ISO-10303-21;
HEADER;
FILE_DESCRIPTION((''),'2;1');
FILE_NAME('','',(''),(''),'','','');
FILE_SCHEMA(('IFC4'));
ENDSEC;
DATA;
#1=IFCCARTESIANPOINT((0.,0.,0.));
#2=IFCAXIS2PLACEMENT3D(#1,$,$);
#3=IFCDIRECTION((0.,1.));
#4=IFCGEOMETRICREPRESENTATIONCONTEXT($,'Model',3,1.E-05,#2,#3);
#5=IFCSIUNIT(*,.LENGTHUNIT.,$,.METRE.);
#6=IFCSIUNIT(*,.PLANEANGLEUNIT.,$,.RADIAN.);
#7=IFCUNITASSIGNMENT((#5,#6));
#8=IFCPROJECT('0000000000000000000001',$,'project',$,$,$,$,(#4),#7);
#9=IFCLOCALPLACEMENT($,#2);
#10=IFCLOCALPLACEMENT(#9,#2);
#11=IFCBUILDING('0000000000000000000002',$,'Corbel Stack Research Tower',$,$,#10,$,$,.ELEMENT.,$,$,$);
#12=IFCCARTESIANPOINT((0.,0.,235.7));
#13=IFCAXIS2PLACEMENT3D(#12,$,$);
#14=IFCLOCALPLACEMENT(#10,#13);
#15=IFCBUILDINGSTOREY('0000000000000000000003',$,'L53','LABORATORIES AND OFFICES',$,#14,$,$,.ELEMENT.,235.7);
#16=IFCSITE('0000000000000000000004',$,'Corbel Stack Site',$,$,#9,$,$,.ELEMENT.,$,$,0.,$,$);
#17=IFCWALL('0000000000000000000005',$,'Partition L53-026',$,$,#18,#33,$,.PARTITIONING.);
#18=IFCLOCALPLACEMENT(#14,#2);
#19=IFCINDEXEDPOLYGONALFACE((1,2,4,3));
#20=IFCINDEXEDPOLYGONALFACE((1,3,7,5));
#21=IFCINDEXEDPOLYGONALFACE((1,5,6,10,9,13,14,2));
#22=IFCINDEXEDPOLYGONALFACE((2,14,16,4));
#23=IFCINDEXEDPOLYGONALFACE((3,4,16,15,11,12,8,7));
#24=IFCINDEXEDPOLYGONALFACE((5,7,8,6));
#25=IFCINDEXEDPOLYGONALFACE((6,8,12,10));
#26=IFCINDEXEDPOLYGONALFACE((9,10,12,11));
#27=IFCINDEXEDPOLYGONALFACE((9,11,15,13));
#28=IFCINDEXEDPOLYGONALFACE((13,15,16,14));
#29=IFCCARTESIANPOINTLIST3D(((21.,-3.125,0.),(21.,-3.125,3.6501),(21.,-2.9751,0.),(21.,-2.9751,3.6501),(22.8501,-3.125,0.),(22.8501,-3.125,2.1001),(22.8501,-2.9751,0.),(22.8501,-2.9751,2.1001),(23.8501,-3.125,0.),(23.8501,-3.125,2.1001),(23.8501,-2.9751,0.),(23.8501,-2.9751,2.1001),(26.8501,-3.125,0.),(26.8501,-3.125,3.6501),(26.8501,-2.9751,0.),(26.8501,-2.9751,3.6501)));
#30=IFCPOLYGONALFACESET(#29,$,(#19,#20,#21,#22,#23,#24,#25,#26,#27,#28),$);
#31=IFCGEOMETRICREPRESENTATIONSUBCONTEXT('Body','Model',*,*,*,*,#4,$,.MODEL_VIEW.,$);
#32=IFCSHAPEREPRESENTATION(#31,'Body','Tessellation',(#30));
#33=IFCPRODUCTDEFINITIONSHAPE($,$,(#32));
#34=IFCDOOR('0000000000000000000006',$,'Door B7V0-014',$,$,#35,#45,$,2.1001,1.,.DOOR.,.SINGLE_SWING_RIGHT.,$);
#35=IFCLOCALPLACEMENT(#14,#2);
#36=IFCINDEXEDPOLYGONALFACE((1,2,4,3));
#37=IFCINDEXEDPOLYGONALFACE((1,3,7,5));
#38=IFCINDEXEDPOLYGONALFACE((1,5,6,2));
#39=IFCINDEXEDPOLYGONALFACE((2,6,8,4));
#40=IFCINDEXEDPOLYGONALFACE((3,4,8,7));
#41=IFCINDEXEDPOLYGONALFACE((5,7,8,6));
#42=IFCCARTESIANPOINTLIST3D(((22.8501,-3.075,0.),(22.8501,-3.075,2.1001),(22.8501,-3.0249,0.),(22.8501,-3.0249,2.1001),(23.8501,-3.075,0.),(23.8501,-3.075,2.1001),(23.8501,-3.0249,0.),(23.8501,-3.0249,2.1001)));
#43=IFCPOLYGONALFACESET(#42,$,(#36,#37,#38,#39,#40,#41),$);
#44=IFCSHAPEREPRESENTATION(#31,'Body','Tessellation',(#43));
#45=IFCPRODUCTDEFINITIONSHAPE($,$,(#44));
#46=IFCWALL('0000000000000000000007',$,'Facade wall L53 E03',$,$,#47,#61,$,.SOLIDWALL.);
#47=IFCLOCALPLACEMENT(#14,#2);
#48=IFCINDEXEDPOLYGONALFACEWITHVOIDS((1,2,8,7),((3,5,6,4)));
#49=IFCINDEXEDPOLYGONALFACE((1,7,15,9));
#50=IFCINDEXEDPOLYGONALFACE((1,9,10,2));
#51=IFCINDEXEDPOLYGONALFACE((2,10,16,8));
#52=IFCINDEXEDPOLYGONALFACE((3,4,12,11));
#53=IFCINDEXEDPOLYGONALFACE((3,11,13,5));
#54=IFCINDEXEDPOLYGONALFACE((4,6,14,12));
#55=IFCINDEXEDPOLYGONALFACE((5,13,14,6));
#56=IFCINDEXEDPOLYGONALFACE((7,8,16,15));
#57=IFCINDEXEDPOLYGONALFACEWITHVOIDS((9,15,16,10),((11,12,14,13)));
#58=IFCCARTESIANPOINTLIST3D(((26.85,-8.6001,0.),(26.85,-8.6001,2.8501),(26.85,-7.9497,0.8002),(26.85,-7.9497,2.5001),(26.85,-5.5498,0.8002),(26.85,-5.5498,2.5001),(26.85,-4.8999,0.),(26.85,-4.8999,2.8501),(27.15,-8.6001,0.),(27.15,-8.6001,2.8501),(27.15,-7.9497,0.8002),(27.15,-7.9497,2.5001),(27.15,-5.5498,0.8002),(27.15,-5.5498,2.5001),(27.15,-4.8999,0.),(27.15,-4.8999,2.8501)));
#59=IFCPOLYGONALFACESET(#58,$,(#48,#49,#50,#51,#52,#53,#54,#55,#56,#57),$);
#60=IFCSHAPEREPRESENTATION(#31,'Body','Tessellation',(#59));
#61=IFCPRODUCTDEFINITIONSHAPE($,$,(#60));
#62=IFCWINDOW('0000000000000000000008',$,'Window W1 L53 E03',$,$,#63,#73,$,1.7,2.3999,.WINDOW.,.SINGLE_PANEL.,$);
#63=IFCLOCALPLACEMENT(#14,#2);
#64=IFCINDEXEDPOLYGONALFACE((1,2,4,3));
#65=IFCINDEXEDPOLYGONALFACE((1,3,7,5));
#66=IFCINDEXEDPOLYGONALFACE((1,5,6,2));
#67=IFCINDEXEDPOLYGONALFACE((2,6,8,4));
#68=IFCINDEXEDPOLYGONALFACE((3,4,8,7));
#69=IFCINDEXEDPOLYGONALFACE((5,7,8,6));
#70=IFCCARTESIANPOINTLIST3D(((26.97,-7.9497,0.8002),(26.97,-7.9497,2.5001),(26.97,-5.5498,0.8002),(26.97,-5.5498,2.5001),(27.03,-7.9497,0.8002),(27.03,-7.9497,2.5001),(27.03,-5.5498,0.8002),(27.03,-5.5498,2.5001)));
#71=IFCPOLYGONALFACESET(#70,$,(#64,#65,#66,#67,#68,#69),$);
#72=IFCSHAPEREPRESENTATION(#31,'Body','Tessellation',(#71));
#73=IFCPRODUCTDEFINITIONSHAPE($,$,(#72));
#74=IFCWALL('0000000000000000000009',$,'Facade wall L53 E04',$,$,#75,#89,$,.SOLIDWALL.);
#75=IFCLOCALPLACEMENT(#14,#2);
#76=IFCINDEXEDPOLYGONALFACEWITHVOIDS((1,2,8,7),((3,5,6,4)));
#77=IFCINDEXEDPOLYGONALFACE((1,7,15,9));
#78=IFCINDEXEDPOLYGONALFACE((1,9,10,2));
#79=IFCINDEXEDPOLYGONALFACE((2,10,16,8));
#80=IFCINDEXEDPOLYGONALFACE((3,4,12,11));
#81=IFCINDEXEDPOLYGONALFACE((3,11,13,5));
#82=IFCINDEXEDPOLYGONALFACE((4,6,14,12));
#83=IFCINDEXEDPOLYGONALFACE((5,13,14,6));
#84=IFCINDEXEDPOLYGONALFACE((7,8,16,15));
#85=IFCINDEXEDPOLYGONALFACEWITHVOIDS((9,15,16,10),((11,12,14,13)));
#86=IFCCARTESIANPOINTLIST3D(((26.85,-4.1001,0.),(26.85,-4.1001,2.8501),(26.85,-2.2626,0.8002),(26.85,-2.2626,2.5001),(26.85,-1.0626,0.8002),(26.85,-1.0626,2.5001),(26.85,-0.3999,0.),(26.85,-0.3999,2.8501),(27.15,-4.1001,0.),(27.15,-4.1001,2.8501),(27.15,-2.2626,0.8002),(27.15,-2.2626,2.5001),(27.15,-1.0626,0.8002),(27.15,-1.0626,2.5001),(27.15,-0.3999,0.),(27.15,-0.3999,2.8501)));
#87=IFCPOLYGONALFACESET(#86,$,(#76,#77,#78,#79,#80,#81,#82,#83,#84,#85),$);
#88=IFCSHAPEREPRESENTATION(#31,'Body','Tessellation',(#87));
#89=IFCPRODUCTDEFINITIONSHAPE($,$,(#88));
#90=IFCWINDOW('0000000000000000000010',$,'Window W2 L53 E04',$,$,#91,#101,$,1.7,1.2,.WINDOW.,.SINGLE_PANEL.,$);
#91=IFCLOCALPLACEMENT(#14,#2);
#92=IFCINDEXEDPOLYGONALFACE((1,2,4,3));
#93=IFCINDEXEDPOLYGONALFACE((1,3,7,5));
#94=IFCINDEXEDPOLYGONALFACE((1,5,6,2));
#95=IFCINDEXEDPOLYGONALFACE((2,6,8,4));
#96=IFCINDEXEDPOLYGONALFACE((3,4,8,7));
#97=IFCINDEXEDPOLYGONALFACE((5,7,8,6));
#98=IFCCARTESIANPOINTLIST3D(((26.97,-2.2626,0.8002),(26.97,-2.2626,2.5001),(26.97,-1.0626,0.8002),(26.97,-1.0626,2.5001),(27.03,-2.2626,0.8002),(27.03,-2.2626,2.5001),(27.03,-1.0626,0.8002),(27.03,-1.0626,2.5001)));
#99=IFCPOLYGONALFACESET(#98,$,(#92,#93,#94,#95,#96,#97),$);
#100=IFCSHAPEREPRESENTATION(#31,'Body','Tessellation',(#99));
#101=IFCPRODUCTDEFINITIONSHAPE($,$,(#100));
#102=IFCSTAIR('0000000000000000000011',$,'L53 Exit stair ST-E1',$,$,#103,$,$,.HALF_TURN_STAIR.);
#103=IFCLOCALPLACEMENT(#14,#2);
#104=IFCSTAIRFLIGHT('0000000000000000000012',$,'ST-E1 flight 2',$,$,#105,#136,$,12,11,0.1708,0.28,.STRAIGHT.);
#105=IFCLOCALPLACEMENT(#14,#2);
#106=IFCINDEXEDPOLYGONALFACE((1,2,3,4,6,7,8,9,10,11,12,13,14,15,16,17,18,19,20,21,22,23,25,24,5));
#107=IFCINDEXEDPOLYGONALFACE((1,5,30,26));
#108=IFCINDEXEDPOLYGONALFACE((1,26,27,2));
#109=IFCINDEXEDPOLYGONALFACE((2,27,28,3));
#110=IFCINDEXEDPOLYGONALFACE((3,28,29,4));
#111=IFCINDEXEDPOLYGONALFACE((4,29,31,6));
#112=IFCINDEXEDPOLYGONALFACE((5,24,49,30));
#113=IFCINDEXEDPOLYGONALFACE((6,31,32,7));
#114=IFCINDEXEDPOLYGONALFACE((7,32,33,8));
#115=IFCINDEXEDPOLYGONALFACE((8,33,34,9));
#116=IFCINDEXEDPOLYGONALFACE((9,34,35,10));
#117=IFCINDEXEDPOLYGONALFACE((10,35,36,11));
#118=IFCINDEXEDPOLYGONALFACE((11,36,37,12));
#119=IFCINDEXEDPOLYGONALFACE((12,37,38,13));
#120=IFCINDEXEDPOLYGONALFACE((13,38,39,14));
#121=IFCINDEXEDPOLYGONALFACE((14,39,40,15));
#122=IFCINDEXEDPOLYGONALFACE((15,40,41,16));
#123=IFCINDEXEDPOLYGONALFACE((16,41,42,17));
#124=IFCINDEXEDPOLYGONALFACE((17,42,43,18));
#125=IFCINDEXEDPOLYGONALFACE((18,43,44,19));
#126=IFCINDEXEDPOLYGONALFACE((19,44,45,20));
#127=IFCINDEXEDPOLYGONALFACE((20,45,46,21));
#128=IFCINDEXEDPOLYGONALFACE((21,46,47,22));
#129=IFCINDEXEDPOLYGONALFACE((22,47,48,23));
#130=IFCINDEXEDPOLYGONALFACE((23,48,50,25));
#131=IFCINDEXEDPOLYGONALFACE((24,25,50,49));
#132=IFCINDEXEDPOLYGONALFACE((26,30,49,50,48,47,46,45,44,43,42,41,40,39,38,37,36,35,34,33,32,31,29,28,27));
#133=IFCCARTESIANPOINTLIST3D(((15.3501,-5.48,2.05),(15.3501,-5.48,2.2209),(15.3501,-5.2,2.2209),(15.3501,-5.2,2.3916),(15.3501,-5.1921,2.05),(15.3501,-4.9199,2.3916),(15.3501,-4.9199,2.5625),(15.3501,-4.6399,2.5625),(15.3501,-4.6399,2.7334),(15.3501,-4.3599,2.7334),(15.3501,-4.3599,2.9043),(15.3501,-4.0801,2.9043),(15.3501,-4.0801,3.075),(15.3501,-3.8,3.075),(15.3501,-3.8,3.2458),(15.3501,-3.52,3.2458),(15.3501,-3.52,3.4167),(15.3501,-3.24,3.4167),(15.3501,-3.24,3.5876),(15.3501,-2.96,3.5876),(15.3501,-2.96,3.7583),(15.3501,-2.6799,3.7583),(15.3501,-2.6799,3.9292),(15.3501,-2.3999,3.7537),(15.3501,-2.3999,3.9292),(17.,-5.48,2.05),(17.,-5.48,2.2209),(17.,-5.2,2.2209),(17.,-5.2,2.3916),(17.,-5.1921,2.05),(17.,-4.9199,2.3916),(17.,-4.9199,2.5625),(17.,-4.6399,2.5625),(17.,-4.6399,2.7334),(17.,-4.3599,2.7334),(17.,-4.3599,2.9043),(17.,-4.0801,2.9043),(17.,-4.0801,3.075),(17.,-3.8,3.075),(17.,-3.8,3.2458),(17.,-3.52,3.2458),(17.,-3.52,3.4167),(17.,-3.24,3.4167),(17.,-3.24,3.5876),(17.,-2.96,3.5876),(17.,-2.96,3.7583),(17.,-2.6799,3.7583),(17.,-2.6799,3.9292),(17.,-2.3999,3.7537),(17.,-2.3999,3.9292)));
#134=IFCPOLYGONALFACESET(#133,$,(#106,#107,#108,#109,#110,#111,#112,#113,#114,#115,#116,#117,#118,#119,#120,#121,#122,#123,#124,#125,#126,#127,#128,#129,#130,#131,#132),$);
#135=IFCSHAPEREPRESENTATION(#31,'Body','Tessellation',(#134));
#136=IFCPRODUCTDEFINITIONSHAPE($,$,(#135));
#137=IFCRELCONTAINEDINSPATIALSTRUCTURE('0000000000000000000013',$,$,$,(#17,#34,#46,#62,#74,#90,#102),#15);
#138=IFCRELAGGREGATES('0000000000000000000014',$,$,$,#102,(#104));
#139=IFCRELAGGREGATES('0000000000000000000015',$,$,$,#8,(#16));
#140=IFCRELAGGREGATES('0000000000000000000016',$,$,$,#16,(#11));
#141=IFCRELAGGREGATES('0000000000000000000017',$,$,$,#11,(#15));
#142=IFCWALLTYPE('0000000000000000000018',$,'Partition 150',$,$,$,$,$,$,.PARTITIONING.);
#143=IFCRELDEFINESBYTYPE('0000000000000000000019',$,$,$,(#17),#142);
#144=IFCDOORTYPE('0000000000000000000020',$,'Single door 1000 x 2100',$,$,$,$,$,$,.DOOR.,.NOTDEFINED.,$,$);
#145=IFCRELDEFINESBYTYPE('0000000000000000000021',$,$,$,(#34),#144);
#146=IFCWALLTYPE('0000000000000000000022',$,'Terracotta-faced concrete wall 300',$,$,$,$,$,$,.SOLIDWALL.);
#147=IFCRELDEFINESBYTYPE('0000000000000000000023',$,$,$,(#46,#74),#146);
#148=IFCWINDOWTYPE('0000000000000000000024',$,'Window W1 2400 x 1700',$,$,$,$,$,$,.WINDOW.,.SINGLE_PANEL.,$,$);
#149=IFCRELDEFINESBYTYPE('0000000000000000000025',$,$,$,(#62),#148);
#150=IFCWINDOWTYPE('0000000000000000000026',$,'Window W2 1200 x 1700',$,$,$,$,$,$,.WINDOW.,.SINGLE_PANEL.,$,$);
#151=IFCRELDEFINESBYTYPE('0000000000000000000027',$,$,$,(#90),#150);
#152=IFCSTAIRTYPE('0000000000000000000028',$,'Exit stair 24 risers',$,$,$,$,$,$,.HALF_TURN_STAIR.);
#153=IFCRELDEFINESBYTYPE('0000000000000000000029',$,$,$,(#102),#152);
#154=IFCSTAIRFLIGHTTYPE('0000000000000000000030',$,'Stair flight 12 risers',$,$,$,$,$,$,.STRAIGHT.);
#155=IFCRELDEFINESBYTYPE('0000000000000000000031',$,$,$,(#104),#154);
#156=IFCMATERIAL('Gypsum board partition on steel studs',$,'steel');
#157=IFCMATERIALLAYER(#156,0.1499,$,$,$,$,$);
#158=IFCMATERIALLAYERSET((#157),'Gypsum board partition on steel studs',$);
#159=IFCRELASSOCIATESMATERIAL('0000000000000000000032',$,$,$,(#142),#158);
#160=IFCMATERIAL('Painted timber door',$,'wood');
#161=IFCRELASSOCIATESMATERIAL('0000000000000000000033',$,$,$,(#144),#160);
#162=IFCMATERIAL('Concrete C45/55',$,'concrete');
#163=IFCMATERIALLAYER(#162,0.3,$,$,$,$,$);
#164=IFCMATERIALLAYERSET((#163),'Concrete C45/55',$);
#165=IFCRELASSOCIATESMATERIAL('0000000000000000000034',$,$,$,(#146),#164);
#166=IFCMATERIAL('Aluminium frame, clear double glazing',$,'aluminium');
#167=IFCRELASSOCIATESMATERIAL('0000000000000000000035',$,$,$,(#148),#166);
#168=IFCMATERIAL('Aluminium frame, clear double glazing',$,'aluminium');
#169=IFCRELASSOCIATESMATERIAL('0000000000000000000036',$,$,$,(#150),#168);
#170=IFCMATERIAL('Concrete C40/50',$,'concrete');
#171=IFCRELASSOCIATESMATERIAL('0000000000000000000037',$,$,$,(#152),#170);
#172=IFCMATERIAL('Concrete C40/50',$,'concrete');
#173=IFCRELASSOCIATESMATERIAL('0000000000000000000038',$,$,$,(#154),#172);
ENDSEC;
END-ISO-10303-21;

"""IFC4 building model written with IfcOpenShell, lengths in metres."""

from ifc_helpers import new_model, si_unit, direction, frame, frame_2d, origin, place, context, subcontext, project, spatial, polyline, rectangle, outline, extrude, material, layer, layer_set, type_object, element, fill, aggregate, save


model = new_model("IFC4")

# Units and contexts
model_context = context("Model", 3, precision=1e-05, world=origin(), true_north=direction((0.0, 1.0)))
body_context = subcontext(model_context, "Body", "Model", "MODEL_VIEW")
ifc_project = project(units=[si_unit("LENGTHUNIT", "METRE"), si_unit("PLANEANGLEUNIT", "RADIAN")], contexts=[model_context])

# Site, building, storey
site_placement = place(None, origin())
site = spatial("IfcSite", under=ifc_project, at=site_placement, Name="Corbel Stack Site", CompositionType="ELEMENT", RefElevation=0.0)
building_placement = place(site_placement, origin())
building = spatial("IfcBuilding", under=site, at=building_placement, Name="Corbel Stack Research Tower", CompositionType="ELEMENT")
storey_placement = place(building_placement, frame((0.0, 0.0, 235.7)))
storey = spatial("IfcBuildingStorey", under=building, at=storey_placement, Name="L53", Description="LABORATORIES AND OFFICES", CompositionType="ELEMENT", Elevation=235.7)

# Wall, opening, door
ifc_material_1 = material(Name="Gypsum board partition on steel studs", Category="steel")
ifc_layer_1 = layer(ifc_material_1, 0.1499)
ifc_layer_set_1 = layer_set([ifc_layer_1], Name="Gypsum board partition on steel studs")
wall_type_1 = type_object("IfcWallType", Name="Partition 150", PredefinedType="PARTITIONING", material=ifc_layer_set_1)
ifc_material_2 = material(Name="Painted timber door", Category="wood")
door_type_1 = type_object("IfcDoorType", Name="Single door 1000 x 2100", OperationType="NOTDEFINED", PredefinedType="DOOR", material=ifc_material_2)
wall_1_placement = place(storey_placement, frame((26.8501, -3.05, 0.0), z_axis=(0.0, 0.0, 1.0), x_axis=(-1.0, 0.0, 0.0)))
wall_1 = element("IfcWall", 1, at=wall_1_placement, inside=storey, type_object=wall_type_1, Name="Partition L53-026", PredefinedType="PARTITIONING", context=body_context, shape_type="SweptSolid", body=[
    extrude(rectangle(XDim=5.8501, YDim=0.1499, at=frame_2d((2.925, 0.0))), origin(), (0.0, 0.0, 1.0), 3.6501),
])
opening_1_placement = place(wall_1_placement, frame((3.0, 0.0, 0.0)))
opening_1 = element("IfcOpeningElement", 2, at=opening_1_placement, cuts=wall_1, PredefinedType="OPENING", context=body_context, shape_type="SweptSolid", body=[
    extrude(rectangle(XDim=1.0, YDim=2.1001, at=frame_2d((0.5, 1.05))), frame((0.0, 0.085, 0.0), z_axis=(0.0, -1.0, 0.0), x_axis=(1.0, 0.0, 0.0)), (0.0, 0.0, 1.0), 0.1699),
])
door_1_placement = place(opening_1_placement, origin())
door_1 = element("IfcDoor", 3, at=door_1_placement, inside=storey, type_object=door_type_1, Name="Door B7V0-014", OperationType="SINGLE_SWING_RIGHT", OverallHeight=2.1001, OverallWidth=1.0, PredefinedType="DOOR", context=body_context, shape_type="SweptSolid", body=[
    extrude(rectangle(XDim=1.0, YDim=2.1001, at=frame_2d((0.5, 1.05))), frame((0.0, 0.0249, 0.0), z_axis=(0.0, -1.0, 0.0), x_axis=(1.0, 0.0, 0.0)), (0.0, 0.0, 1.0), 0.05),
])
fill(opening_1, door_1)

# Walls, openings, windows
ifc_material_3 = material(Name="Concrete C45/55", Category="concrete")
ifc_layer_2 = layer(ifc_material_3, 0.3)
ifc_layer_set_2 = layer_set([ifc_layer_2], Name="Concrete C45/55")
wall_type_2 = type_object("IfcWallType", Name="Terracotta-faced concrete wall 300", PredefinedType="SOLIDWALL", material=ifc_layer_set_2)
wall_2_placement = place(storey_placement, frame((27.0, -4.8999, 0.0), z_axis=(0.0, 0.0, 1.0), x_axis=(0.0, -1.0, 0.0)))
wall_2 = element("IfcWall", 4, at=wall_2_placement, inside=storey, type_object=wall_type_2, Name="Facade wall L53 E03", PredefinedType="SOLIDWALL", context=body_context, shape_type="SweptSolid", body=[
    extrude(rectangle(XDim=3.7002, YDim=0.3, at=frame_2d((1.8501, 0.0))), origin(), (0.0, 0.0, 1.0), 2.8501),
])
opening_2_placement = place(wall_2_placement, frame((0.6499, 0.0, 0.8)))
opening_2 = element("IfcOpeningElement", 5, at=opening_2_placement, cuts=wall_2, PredefinedType="OPENING", context=body_context, shape_type="SweptSolid", body=[
    extrude(rectangle(XDim=2.3999, YDim=1.7, at=frame_2d((1.2, 0.8501))), frame((0.0, 0.1599, 0.0), z_axis=(0.0, -1.0, 0.0), x_axis=(1.0, 0.0, 0.0)), (0.0, 0.0, 1.0), 0.3201),
])
ifc_material_4 = material(Name="Aluminium frame, clear double glazing", Category="aluminium")
window_type_1 = type_object("IfcWindowType", Name="Window W1 2400 x 1700", PartitioningType="SINGLE_PANEL", PredefinedType="WINDOW", material=ifc_material_4)
window_1_placement = place(opening_2_placement, origin())
window_1 = element("IfcWindow", 6, at=window_1_placement, inside=storey, type_object=window_type_1, Name="Window W1 L53 E03", OverallHeight=1.7, OverallWidth=2.3999, PartitioningType="SINGLE_PANEL", PredefinedType="WINDOW", context=body_context, shape_type="SweptSolid", body=[
    extrude(rectangle(XDim=2.3999, YDim=1.7, at=frame_2d((1.2, 0.8501))), frame((0.0, 0.03, 0.0), z_axis=(0.0, -1.0, 0.0), x_axis=(1.0, 0.0, 0.0)), (0.0, 0.0, 1.0), 0.0601),
])
fill(opening_2, window_1)
wall_3_placement = place(storey_placement, frame((27.0, -0.3999, 0.0), z_axis=(0.0, 0.0, 1.0), x_axis=(0.0, -1.0, 0.0)))
wall_3 = element("IfcWall", 7, at=wall_3_placement, inside=storey, type_object=wall_type_2, Name="Facade wall L53 E04", PredefinedType="SOLIDWALL", context=body_context, shape_type="SweptSolid", body=[
    extrude(rectangle(XDim=3.7002, YDim=0.3, at=frame_2d((1.8501, 0.0))), origin(), (0.0, 0.0, 1.0), 2.8501),
])
opening_3_placement = place(wall_3_placement, frame((0.6626, 0.0, 0.8)))
opening_3 = element("IfcOpeningElement", 8, at=opening_3_placement, cuts=wall_3, PredefinedType="OPENING", context=body_context, shape_type="SweptSolid", body=[
    extrude(rectangle(XDim=1.2, YDim=1.7, at=frame_2d((0.6001, 0.8501))), frame((0.0, 0.1599, 0.0), z_axis=(0.0, -1.0, 0.0), x_axis=(1.0, 0.0, 0.0)), (0.0, 0.0, 1.0), 0.3201),
])
ifc_material_5 = material(Name="Aluminium frame, clear double glazing", Category="aluminium")
window_type_2 = type_object("IfcWindowType", Name="Window W2 1200 x 1700", PartitioningType="SINGLE_PANEL", PredefinedType="WINDOW", material=ifc_material_5)
window_2_placement = place(opening_3_placement, origin())
window_2 = element("IfcWindow", 9, at=window_2_placement, inside=storey, type_object=window_type_2, Name="Window W2 L53 E04", OverallHeight=1.7, OverallWidth=1.2, PartitioningType="SINGLE_PANEL", PredefinedType="WINDOW", context=body_context, shape_type="SweptSolid", body=[
    extrude(rectangle(XDim=1.2, YDim=1.7, at=frame_2d((0.6001, 0.8501))), frame((0.0, 0.03, 0.0), z_axis=(0.0, -1.0, 0.0), x_axis=(1.0, 0.0, 0.0)), (0.0, 0.0, 1.0), 0.0601),
])
fill(opening_3, window_2)

# Stair, stair flight
ifc_material_6 = material(Name="Concrete C40/50", Category="concrete")
stair_type = type_object("IfcStairType", Name="Exit stair 24 risers", PredefinedType="HALF_TURN_STAIR", material=ifc_material_6)
stair_placement = place(storey_placement, origin())
stair = element("IfcStair", 10, at=stair_placement, inside=storey, type_object=stair_type, Name="L53 Exit stair ST-E1", PredefinedType="HALF_TURN_STAIR")
ifc_material_7 = material(Name="Concrete C40/50", Category="concrete")
stair_flight_type = type_object("IfcStairFlightType", Name="Stair flight 12 risers", PredefinedType="STRAIGHT", material=ifc_material_7)
stair_flight_placement = place(storey_placement, frame((16.175, -5.48, 2.05), z_axis=(0.0, 0.0, 1.0), x_axis=(0.0, 1.0, 0.0)))
stair_flight = element("IfcStairFlight", 11, at=stair_flight_placement, type_object=stair_flight_type, Name="ST-E1 flight 2", NumberOfRisers=12, NumberOfTreads=11, PredefinedType="STRAIGHT", RiserHeight=0.1708, TreadLength=0.28, context=body_context, shape_type="SweptSolid", body=[
    extrude(outline(polyline([(0.0, 0.0), (0.0, 0.1709), (0.28, 0.1709), (0.28, 0.3416), (0.5601, 0.3416), (0.5601, 0.5125), (0.8401, 0.5125), (0.8401, 0.6833), (1.1201, 0.6833), (1.1201, 0.8542), (1.3999, 0.8542), (1.3999, 1.0249), (1.6799, 1.0249), (1.6799, 1.1958), (1.96, 1.1958), (1.96, 1.3667), (2.24, 1.3667), (2.24, 1.5376), (2.52, 1.5376), (2.52, 1.7083), (2.8, 1.7083), (2.8, 1.8792), (3.0801, 1.8792), (3.0801, 2.05), (3.0801, 1.7036), (0.2878, 0.0), (0.0, 0.0)])), frame((0.0, 0.825, 0.0), z_axis=(0.0, -1.0, 0.0), x_axis=(1.0, 0.0, 0.0)), (0.0, 0.0, 1.0), 1.6499),
])
aggregate(stair, [stair_flight])

save(model, "model.ifc")
